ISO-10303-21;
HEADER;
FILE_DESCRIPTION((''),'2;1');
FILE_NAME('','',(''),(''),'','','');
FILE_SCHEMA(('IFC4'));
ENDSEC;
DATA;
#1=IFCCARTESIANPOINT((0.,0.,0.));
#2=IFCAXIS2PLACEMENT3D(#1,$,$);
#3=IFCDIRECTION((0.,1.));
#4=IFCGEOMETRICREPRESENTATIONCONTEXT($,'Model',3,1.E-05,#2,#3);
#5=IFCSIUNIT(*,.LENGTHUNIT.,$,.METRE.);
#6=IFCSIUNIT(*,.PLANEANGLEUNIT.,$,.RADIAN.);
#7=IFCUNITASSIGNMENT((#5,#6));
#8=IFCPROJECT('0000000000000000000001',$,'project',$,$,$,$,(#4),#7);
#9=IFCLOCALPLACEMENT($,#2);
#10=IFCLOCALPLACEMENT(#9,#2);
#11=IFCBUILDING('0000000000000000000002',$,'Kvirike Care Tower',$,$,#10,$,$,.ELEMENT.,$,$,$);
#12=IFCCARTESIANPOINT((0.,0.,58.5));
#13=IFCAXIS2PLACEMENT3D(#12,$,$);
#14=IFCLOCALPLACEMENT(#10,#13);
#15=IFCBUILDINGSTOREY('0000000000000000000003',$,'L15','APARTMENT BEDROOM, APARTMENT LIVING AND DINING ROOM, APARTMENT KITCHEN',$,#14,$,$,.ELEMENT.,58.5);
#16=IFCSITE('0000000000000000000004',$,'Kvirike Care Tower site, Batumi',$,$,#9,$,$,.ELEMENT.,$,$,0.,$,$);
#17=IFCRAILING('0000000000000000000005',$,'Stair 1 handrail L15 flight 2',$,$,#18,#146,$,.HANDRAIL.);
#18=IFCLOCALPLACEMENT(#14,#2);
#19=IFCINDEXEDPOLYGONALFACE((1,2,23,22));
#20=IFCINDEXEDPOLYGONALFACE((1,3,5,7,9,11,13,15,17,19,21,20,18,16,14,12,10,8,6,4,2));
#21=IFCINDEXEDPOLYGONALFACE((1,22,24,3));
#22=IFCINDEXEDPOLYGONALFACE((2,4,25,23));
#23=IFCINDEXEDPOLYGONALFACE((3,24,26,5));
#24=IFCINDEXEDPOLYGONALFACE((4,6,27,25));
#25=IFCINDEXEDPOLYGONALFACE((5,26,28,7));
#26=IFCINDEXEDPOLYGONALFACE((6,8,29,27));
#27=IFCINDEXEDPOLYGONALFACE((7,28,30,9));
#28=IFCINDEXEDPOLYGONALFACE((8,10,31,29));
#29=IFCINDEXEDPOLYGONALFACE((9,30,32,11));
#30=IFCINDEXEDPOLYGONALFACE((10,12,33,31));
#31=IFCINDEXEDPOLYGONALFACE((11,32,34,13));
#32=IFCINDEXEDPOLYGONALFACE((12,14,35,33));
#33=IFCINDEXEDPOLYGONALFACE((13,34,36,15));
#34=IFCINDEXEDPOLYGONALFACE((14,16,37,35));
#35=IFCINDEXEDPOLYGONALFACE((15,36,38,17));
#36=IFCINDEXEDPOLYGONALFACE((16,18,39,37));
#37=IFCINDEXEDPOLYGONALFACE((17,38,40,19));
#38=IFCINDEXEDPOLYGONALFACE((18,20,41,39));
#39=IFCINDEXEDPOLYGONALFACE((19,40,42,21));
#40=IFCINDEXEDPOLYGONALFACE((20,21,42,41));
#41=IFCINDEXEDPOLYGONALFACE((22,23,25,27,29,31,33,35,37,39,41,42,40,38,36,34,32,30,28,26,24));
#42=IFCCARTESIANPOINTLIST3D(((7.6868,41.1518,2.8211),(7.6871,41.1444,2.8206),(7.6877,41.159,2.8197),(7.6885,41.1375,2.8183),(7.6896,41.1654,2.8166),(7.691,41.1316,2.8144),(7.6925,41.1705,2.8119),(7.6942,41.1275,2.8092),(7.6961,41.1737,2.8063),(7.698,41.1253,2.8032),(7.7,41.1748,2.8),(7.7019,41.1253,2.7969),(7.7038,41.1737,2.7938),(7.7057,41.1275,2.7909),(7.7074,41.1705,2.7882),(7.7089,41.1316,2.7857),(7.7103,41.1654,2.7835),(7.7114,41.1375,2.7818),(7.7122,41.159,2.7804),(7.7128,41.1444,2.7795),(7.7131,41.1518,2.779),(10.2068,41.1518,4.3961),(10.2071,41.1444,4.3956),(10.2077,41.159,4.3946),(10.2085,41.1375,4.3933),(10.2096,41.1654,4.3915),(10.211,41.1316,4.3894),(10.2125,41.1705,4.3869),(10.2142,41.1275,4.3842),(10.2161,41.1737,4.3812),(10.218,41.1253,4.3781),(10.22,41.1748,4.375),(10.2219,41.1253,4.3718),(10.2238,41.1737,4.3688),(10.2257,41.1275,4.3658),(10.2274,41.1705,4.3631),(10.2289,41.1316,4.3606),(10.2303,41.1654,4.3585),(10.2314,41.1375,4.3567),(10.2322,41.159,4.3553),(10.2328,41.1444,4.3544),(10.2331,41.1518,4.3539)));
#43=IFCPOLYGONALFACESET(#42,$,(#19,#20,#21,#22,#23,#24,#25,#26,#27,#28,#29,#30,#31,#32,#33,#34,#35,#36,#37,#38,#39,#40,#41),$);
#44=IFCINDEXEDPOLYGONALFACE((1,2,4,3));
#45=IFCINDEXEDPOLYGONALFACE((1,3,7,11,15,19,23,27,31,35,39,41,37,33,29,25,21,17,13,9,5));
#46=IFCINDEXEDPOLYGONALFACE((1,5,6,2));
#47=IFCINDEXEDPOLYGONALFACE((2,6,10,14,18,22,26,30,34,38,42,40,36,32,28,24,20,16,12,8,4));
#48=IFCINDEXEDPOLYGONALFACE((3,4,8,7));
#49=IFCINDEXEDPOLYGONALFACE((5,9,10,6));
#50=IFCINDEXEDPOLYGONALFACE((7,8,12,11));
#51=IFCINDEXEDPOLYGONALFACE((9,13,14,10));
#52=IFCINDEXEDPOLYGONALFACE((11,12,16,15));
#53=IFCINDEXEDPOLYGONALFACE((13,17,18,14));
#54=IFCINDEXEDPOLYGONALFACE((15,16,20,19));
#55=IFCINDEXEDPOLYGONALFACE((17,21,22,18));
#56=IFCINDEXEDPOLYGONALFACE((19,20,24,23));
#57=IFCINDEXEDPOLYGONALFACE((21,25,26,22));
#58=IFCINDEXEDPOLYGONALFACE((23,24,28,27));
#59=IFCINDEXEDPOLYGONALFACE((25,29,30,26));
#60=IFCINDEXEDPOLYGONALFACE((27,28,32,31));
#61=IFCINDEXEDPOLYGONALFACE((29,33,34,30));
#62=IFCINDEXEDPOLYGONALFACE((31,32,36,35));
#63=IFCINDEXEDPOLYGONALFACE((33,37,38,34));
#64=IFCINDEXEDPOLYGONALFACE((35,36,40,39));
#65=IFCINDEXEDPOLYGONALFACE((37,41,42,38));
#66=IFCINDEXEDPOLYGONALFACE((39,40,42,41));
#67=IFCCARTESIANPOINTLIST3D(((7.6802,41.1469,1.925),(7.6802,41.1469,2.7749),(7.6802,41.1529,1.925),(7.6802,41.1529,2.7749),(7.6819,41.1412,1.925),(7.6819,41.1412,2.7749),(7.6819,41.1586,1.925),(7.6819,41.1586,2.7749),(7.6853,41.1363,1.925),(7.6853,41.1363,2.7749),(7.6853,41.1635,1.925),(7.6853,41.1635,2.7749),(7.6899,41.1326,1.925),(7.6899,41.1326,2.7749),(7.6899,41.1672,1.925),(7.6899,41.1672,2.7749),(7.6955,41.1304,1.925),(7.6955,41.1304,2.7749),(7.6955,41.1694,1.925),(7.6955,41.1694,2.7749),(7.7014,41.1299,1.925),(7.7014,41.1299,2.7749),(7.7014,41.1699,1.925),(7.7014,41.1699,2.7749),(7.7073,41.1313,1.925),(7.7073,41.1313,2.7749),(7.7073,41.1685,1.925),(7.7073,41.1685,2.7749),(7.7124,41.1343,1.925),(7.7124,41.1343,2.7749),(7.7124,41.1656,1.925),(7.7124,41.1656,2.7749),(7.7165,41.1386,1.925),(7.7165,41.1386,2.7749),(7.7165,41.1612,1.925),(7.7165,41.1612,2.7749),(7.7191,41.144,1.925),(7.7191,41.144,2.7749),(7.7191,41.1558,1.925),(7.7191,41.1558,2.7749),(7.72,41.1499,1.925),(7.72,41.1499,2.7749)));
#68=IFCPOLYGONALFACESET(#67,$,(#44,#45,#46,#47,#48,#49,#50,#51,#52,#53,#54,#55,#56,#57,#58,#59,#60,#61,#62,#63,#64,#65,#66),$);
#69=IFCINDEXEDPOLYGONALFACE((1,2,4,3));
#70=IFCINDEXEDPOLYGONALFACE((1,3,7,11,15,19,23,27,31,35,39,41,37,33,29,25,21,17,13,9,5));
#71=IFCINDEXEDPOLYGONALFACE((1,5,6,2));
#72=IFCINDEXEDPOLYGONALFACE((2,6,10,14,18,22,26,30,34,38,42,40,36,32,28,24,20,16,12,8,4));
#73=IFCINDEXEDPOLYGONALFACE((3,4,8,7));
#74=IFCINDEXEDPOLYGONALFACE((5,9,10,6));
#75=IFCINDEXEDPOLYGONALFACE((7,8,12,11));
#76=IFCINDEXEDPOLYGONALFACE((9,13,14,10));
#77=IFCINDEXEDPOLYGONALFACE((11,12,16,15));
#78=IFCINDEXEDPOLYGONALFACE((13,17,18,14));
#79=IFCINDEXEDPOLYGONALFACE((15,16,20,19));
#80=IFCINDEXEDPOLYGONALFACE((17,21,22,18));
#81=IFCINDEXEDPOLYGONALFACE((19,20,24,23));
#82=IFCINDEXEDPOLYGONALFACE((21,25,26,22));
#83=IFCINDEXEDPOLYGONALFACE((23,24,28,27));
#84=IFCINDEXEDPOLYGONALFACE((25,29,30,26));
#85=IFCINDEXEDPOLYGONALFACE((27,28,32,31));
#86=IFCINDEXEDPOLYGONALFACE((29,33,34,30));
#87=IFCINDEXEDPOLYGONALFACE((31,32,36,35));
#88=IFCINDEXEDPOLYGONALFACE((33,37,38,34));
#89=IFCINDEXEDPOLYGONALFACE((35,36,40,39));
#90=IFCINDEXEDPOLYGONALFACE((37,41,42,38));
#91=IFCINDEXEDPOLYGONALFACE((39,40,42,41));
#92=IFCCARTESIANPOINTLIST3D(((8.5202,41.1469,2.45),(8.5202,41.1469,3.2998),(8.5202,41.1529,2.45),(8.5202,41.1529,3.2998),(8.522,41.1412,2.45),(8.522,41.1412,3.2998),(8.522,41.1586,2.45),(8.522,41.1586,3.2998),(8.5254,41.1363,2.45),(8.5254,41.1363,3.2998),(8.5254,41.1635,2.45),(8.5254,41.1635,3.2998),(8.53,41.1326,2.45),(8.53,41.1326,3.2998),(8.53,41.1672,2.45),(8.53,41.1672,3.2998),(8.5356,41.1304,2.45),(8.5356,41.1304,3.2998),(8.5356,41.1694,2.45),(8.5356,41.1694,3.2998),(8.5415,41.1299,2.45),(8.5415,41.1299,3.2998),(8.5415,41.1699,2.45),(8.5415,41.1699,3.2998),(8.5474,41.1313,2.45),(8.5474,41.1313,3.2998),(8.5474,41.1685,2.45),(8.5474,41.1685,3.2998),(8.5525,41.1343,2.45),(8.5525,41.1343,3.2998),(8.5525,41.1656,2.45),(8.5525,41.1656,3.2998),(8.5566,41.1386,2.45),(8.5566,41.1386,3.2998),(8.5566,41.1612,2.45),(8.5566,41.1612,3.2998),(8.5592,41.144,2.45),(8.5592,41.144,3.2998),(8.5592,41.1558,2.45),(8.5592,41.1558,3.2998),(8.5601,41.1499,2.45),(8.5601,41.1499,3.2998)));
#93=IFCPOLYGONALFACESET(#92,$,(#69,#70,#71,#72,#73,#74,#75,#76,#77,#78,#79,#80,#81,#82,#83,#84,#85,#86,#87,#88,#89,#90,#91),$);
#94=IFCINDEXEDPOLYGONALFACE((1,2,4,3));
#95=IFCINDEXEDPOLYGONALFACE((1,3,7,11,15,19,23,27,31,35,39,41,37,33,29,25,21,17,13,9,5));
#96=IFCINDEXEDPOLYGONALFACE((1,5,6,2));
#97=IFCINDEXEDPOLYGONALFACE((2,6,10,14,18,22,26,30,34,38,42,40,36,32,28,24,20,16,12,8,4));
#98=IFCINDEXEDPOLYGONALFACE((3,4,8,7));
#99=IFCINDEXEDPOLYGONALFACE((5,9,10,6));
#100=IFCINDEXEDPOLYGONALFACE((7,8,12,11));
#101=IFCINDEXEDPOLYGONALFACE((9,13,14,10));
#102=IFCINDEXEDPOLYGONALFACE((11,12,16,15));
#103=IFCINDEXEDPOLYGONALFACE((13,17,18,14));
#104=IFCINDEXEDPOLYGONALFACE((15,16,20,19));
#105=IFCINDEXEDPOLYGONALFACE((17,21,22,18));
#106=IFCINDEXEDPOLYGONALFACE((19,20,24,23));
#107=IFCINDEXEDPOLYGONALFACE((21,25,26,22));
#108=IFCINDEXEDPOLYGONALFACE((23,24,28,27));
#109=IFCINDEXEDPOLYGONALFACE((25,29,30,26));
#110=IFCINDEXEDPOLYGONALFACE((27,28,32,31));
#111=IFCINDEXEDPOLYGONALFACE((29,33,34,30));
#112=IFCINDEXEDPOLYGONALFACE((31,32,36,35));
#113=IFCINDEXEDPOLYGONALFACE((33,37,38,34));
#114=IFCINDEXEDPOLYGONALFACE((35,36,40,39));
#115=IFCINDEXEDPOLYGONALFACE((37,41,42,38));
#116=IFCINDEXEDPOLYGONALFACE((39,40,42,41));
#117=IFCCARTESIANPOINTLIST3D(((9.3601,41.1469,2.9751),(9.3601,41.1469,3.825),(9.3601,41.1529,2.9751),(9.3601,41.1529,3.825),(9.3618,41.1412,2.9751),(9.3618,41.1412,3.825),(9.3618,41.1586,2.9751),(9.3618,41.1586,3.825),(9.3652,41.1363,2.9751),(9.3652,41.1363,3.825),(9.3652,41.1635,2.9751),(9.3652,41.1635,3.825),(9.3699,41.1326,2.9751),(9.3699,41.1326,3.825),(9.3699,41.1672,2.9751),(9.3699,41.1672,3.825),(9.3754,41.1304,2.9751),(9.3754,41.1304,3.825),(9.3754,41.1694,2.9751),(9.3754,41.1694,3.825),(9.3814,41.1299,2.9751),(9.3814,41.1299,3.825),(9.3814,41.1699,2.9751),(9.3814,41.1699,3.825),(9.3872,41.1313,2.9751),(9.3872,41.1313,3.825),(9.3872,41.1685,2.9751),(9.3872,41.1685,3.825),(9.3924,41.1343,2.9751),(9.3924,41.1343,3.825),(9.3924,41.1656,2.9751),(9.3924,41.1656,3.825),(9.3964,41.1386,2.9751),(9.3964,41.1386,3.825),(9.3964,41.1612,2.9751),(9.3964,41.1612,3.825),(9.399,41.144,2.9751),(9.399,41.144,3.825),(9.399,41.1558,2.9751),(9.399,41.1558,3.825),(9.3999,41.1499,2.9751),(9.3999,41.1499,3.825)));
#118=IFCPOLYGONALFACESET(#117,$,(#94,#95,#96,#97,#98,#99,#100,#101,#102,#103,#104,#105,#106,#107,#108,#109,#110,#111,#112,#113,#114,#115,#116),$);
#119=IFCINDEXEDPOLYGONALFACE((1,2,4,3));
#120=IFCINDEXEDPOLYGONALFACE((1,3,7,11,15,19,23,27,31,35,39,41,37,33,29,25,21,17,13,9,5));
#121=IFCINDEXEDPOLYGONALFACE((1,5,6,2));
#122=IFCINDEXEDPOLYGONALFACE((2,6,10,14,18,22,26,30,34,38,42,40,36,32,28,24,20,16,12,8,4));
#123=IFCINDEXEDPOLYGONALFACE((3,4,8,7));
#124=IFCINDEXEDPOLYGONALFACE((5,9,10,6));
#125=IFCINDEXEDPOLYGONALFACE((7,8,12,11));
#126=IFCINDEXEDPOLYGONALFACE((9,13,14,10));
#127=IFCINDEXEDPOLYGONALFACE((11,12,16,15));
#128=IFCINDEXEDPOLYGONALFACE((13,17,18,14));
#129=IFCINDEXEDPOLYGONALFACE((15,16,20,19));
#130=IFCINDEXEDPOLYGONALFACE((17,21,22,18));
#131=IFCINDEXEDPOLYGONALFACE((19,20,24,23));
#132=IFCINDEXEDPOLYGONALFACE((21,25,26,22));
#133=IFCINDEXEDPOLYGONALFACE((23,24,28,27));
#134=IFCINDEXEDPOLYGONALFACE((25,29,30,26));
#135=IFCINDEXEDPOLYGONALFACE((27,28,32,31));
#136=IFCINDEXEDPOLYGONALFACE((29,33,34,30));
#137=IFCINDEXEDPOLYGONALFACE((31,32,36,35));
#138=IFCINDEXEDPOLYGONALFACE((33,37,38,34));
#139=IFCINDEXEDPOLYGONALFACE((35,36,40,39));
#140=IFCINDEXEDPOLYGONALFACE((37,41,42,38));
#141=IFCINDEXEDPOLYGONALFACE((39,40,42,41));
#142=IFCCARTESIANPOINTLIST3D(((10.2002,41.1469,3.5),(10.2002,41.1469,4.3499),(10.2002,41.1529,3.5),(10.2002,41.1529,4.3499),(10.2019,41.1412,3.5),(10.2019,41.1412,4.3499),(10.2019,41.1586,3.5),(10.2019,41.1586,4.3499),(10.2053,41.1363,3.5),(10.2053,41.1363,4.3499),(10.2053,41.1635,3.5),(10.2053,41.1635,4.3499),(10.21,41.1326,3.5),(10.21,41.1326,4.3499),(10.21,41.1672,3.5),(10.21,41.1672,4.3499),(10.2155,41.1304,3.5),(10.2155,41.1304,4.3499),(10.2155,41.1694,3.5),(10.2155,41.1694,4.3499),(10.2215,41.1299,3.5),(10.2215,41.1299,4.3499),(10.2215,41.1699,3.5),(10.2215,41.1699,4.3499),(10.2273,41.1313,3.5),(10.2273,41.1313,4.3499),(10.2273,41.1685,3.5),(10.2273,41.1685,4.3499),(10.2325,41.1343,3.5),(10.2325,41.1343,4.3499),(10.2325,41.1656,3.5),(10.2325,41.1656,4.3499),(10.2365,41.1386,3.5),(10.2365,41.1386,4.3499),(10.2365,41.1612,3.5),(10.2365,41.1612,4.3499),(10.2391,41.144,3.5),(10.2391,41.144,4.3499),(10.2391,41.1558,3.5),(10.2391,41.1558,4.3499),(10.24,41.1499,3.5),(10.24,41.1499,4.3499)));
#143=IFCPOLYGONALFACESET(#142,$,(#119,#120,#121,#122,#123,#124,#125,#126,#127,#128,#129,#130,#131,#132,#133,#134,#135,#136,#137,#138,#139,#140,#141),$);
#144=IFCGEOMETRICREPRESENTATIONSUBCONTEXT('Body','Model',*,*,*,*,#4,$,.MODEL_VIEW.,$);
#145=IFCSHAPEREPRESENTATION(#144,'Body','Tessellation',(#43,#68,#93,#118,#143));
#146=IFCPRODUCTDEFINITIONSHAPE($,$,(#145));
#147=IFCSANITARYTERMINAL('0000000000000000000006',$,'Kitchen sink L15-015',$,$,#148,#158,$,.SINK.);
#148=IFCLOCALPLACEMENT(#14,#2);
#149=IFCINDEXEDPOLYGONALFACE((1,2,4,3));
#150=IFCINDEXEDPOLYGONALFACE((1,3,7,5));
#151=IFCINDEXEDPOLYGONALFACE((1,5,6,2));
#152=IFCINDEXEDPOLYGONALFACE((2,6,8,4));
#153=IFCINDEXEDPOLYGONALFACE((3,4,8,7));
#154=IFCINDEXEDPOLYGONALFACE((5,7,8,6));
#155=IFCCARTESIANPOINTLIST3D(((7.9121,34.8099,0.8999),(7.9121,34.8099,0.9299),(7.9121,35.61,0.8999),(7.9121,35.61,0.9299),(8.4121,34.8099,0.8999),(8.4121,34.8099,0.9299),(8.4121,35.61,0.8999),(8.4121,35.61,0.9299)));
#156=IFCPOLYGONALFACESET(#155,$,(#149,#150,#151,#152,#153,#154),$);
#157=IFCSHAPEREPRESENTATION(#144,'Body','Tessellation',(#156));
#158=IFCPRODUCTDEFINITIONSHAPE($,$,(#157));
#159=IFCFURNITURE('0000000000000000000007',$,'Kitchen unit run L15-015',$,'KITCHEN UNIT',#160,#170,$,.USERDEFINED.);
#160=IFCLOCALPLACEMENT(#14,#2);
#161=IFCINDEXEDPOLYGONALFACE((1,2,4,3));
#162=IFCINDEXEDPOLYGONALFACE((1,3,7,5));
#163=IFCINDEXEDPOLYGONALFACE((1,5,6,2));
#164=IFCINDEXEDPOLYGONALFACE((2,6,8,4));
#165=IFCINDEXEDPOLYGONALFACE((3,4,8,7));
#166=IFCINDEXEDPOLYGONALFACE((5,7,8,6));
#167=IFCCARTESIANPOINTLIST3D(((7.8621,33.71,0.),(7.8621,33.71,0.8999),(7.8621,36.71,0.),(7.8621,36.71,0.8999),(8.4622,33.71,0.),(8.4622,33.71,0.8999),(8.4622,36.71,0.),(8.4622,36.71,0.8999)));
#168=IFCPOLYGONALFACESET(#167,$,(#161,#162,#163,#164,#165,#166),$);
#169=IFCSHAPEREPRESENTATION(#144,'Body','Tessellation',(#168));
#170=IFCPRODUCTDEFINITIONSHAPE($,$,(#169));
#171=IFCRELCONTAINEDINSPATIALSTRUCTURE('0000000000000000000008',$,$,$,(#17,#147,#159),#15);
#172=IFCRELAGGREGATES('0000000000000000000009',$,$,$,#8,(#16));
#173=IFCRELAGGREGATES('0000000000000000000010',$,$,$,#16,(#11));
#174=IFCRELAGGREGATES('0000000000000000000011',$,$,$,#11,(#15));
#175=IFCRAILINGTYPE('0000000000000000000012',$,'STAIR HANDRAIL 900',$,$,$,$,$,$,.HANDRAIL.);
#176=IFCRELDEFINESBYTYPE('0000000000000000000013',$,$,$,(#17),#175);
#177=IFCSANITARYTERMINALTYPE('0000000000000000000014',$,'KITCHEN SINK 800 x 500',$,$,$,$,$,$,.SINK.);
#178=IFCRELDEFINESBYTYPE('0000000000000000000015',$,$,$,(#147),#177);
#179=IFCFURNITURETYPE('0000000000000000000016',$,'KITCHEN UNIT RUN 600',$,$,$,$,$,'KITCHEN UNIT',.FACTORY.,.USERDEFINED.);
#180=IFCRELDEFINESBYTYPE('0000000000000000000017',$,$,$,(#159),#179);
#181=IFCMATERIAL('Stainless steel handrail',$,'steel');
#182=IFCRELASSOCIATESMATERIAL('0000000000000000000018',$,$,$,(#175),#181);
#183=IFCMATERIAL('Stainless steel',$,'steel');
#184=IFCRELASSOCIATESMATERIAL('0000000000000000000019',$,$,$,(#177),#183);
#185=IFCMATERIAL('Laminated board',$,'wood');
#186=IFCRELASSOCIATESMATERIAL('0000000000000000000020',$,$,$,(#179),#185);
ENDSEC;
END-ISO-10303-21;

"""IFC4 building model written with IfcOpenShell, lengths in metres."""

from ifc_helpers import new_model, si_unit, direction, frame, origin, origin_2d, place, context, subcontext, project, spatial, rectangle, circle, extrude, material, type_object, element, save


model = new_model("IFC4")

# Units and contexts
model_context = context("Model", 3, precision=1e-05, world=origin(), true_north=direction((0.0, 1.0)))
body_context = subcontext(model_context, "Body", "Model", "MODEL_VIEW")
ifc_project = project(units=[si_unit("LENGTHUNIT", "METRE"), si_unit("PLANEANGLEUNIT", "RADIAN")], contexts=[model_context])

# Site, building, storey
site_placement = place(None, origin())
site = spatial("IfcSite", under=ifc_project, at=site_placement, Name="Kvirike Care Tower site, Batumi", CompositionType="ELEMENT", RefElevation=0.0)
building_placement = place(site_placement, origin())
building = spatial("IfcBuilding", under=site, at=building_placement, Name="Kvirike Care Tower", CompositionType="ELEMENT")
storey_placement = place(building_placement, frame((0.0, 0.0, 58.5)))
storey = spatial("IfcBuildingStorey", under=building, at=storey_placement, Name="L15", Description="APARTMENT BEDROOM, APARTMENT LIVING AND DINING ROOM, APARTMENT KITCHEN", CompositionType="ELEMENT", Elevation=58.5)

# Railing
ifc_material_1 = material(Name="Stainless steel handrail", Category="steel")
railing_type = type_object("IfcRailingType", Name="STAIR HANDRAIL 900", PredefinedType="HANDRAIL", material=ifc_material_1)
railing_1_placement = place(storey_placement, frame((7.7, 41.1499, 1.925)))
element("IfcRailing", 1, at=railing_1_placement, inside=storey, type_object=railing_type, Name="Stair 1 handrail L15 flight 2", PredefinedType="HANDRAIL", context=body_context, shape_type="SweptSolid", body=[
    extrude(circle(Radius=0.0249, at=origin_2d()), frame((0.0, 0.0, 0.875), z_axis=(0.848008, 0.0, 0.529984), x_axis=(0.0, 1.0, 0.0)), (0.0, 0.0, 1.0), 2.9717),
    extrude(circle(Radius=0.02, at=origin_2d()), origin(), (0.0, 0.0, 1.0), 0.8499),
    extrude(circle(Radius=0.02, at=origin_2d()), frame((0.8401, 0.0, 0.5249)), (0.0, 0.0, 1.0), 0.8499),
    extrude(circle(Radius=0.02, at=origin_2d()), frame((1.6799, 0.0, 1.05)), (0.0, 0.0, 1.0), 0.8499),
    extrude(circle(Radius=0.02, at=origin_2d()), frame((2.52, 0.0, 1.575)), (0.0, 0.0, 1.0), 0.8499),
])

# Sanitary terminal
ifc_material_2 = material(Name="Stainless steel", Category="steel")
sanitary_terminal_type = type_object("IfcSanitaryTerminalType", Name="KITCHEN SINK 800 x 500", PredefinedType="SINK", material=ifc_material_2)
sanitary_terminal_placement = place(storey_placement, frame((8.1621, 35.21, 0.8999), z_axis=(0.0, 0.0, 1.0), x_axis=(0.0, 1.0, 0.0)))
element("IfcSanitaryTerminal", 2, at=sanitary_terminal_placement, inside=storey, type_object=sanitary_terminal_type, Name="Kitchen sink L15-015", PredefinedType="SINK", context=body_context, shape_type="SweptSolid", body=[
    extrude(rectangle(XDim=0.8, YDim=0.5, at=origin_2d()), origin(), (0.0, 0.0, 1.0), 0.03),
])

# Furniture
ifc_material_3 = material(Name="Laminated board", Category="wood")
furniture_type = type_object("IfcFurnitureType", Name="KITCHEN UNIT RUN 600", ElementType="KITCHEN UNIT", AssemblyPlace="FACTORY", PredefinedType="USERDEFINED", material=ifc_material_3)
furniture_placement = place(storey_placement, frame((8.1621, 35.21, 0.0), z_axis=(0.0, 0.0, 1.0), x_axis=(0.0, 1.0, 0.0)))
element("IfcFurniture", 3, at=furniture_placement, inside=storey, type_object=furniture_type, Name="Kitchen unit run L15-015", ObjectType="KITCHEN UNIT", PredefinedType="USERDEFINED", context=body_context, shape_type="SweptSolid", body=[
    extrude(rectangle(XDim=3.0, YDim=0.6001, at=origin_2d()), origin(), (0.0, 0.0, 1.0), 0.8999),
])

save(model, "model.ifc")
